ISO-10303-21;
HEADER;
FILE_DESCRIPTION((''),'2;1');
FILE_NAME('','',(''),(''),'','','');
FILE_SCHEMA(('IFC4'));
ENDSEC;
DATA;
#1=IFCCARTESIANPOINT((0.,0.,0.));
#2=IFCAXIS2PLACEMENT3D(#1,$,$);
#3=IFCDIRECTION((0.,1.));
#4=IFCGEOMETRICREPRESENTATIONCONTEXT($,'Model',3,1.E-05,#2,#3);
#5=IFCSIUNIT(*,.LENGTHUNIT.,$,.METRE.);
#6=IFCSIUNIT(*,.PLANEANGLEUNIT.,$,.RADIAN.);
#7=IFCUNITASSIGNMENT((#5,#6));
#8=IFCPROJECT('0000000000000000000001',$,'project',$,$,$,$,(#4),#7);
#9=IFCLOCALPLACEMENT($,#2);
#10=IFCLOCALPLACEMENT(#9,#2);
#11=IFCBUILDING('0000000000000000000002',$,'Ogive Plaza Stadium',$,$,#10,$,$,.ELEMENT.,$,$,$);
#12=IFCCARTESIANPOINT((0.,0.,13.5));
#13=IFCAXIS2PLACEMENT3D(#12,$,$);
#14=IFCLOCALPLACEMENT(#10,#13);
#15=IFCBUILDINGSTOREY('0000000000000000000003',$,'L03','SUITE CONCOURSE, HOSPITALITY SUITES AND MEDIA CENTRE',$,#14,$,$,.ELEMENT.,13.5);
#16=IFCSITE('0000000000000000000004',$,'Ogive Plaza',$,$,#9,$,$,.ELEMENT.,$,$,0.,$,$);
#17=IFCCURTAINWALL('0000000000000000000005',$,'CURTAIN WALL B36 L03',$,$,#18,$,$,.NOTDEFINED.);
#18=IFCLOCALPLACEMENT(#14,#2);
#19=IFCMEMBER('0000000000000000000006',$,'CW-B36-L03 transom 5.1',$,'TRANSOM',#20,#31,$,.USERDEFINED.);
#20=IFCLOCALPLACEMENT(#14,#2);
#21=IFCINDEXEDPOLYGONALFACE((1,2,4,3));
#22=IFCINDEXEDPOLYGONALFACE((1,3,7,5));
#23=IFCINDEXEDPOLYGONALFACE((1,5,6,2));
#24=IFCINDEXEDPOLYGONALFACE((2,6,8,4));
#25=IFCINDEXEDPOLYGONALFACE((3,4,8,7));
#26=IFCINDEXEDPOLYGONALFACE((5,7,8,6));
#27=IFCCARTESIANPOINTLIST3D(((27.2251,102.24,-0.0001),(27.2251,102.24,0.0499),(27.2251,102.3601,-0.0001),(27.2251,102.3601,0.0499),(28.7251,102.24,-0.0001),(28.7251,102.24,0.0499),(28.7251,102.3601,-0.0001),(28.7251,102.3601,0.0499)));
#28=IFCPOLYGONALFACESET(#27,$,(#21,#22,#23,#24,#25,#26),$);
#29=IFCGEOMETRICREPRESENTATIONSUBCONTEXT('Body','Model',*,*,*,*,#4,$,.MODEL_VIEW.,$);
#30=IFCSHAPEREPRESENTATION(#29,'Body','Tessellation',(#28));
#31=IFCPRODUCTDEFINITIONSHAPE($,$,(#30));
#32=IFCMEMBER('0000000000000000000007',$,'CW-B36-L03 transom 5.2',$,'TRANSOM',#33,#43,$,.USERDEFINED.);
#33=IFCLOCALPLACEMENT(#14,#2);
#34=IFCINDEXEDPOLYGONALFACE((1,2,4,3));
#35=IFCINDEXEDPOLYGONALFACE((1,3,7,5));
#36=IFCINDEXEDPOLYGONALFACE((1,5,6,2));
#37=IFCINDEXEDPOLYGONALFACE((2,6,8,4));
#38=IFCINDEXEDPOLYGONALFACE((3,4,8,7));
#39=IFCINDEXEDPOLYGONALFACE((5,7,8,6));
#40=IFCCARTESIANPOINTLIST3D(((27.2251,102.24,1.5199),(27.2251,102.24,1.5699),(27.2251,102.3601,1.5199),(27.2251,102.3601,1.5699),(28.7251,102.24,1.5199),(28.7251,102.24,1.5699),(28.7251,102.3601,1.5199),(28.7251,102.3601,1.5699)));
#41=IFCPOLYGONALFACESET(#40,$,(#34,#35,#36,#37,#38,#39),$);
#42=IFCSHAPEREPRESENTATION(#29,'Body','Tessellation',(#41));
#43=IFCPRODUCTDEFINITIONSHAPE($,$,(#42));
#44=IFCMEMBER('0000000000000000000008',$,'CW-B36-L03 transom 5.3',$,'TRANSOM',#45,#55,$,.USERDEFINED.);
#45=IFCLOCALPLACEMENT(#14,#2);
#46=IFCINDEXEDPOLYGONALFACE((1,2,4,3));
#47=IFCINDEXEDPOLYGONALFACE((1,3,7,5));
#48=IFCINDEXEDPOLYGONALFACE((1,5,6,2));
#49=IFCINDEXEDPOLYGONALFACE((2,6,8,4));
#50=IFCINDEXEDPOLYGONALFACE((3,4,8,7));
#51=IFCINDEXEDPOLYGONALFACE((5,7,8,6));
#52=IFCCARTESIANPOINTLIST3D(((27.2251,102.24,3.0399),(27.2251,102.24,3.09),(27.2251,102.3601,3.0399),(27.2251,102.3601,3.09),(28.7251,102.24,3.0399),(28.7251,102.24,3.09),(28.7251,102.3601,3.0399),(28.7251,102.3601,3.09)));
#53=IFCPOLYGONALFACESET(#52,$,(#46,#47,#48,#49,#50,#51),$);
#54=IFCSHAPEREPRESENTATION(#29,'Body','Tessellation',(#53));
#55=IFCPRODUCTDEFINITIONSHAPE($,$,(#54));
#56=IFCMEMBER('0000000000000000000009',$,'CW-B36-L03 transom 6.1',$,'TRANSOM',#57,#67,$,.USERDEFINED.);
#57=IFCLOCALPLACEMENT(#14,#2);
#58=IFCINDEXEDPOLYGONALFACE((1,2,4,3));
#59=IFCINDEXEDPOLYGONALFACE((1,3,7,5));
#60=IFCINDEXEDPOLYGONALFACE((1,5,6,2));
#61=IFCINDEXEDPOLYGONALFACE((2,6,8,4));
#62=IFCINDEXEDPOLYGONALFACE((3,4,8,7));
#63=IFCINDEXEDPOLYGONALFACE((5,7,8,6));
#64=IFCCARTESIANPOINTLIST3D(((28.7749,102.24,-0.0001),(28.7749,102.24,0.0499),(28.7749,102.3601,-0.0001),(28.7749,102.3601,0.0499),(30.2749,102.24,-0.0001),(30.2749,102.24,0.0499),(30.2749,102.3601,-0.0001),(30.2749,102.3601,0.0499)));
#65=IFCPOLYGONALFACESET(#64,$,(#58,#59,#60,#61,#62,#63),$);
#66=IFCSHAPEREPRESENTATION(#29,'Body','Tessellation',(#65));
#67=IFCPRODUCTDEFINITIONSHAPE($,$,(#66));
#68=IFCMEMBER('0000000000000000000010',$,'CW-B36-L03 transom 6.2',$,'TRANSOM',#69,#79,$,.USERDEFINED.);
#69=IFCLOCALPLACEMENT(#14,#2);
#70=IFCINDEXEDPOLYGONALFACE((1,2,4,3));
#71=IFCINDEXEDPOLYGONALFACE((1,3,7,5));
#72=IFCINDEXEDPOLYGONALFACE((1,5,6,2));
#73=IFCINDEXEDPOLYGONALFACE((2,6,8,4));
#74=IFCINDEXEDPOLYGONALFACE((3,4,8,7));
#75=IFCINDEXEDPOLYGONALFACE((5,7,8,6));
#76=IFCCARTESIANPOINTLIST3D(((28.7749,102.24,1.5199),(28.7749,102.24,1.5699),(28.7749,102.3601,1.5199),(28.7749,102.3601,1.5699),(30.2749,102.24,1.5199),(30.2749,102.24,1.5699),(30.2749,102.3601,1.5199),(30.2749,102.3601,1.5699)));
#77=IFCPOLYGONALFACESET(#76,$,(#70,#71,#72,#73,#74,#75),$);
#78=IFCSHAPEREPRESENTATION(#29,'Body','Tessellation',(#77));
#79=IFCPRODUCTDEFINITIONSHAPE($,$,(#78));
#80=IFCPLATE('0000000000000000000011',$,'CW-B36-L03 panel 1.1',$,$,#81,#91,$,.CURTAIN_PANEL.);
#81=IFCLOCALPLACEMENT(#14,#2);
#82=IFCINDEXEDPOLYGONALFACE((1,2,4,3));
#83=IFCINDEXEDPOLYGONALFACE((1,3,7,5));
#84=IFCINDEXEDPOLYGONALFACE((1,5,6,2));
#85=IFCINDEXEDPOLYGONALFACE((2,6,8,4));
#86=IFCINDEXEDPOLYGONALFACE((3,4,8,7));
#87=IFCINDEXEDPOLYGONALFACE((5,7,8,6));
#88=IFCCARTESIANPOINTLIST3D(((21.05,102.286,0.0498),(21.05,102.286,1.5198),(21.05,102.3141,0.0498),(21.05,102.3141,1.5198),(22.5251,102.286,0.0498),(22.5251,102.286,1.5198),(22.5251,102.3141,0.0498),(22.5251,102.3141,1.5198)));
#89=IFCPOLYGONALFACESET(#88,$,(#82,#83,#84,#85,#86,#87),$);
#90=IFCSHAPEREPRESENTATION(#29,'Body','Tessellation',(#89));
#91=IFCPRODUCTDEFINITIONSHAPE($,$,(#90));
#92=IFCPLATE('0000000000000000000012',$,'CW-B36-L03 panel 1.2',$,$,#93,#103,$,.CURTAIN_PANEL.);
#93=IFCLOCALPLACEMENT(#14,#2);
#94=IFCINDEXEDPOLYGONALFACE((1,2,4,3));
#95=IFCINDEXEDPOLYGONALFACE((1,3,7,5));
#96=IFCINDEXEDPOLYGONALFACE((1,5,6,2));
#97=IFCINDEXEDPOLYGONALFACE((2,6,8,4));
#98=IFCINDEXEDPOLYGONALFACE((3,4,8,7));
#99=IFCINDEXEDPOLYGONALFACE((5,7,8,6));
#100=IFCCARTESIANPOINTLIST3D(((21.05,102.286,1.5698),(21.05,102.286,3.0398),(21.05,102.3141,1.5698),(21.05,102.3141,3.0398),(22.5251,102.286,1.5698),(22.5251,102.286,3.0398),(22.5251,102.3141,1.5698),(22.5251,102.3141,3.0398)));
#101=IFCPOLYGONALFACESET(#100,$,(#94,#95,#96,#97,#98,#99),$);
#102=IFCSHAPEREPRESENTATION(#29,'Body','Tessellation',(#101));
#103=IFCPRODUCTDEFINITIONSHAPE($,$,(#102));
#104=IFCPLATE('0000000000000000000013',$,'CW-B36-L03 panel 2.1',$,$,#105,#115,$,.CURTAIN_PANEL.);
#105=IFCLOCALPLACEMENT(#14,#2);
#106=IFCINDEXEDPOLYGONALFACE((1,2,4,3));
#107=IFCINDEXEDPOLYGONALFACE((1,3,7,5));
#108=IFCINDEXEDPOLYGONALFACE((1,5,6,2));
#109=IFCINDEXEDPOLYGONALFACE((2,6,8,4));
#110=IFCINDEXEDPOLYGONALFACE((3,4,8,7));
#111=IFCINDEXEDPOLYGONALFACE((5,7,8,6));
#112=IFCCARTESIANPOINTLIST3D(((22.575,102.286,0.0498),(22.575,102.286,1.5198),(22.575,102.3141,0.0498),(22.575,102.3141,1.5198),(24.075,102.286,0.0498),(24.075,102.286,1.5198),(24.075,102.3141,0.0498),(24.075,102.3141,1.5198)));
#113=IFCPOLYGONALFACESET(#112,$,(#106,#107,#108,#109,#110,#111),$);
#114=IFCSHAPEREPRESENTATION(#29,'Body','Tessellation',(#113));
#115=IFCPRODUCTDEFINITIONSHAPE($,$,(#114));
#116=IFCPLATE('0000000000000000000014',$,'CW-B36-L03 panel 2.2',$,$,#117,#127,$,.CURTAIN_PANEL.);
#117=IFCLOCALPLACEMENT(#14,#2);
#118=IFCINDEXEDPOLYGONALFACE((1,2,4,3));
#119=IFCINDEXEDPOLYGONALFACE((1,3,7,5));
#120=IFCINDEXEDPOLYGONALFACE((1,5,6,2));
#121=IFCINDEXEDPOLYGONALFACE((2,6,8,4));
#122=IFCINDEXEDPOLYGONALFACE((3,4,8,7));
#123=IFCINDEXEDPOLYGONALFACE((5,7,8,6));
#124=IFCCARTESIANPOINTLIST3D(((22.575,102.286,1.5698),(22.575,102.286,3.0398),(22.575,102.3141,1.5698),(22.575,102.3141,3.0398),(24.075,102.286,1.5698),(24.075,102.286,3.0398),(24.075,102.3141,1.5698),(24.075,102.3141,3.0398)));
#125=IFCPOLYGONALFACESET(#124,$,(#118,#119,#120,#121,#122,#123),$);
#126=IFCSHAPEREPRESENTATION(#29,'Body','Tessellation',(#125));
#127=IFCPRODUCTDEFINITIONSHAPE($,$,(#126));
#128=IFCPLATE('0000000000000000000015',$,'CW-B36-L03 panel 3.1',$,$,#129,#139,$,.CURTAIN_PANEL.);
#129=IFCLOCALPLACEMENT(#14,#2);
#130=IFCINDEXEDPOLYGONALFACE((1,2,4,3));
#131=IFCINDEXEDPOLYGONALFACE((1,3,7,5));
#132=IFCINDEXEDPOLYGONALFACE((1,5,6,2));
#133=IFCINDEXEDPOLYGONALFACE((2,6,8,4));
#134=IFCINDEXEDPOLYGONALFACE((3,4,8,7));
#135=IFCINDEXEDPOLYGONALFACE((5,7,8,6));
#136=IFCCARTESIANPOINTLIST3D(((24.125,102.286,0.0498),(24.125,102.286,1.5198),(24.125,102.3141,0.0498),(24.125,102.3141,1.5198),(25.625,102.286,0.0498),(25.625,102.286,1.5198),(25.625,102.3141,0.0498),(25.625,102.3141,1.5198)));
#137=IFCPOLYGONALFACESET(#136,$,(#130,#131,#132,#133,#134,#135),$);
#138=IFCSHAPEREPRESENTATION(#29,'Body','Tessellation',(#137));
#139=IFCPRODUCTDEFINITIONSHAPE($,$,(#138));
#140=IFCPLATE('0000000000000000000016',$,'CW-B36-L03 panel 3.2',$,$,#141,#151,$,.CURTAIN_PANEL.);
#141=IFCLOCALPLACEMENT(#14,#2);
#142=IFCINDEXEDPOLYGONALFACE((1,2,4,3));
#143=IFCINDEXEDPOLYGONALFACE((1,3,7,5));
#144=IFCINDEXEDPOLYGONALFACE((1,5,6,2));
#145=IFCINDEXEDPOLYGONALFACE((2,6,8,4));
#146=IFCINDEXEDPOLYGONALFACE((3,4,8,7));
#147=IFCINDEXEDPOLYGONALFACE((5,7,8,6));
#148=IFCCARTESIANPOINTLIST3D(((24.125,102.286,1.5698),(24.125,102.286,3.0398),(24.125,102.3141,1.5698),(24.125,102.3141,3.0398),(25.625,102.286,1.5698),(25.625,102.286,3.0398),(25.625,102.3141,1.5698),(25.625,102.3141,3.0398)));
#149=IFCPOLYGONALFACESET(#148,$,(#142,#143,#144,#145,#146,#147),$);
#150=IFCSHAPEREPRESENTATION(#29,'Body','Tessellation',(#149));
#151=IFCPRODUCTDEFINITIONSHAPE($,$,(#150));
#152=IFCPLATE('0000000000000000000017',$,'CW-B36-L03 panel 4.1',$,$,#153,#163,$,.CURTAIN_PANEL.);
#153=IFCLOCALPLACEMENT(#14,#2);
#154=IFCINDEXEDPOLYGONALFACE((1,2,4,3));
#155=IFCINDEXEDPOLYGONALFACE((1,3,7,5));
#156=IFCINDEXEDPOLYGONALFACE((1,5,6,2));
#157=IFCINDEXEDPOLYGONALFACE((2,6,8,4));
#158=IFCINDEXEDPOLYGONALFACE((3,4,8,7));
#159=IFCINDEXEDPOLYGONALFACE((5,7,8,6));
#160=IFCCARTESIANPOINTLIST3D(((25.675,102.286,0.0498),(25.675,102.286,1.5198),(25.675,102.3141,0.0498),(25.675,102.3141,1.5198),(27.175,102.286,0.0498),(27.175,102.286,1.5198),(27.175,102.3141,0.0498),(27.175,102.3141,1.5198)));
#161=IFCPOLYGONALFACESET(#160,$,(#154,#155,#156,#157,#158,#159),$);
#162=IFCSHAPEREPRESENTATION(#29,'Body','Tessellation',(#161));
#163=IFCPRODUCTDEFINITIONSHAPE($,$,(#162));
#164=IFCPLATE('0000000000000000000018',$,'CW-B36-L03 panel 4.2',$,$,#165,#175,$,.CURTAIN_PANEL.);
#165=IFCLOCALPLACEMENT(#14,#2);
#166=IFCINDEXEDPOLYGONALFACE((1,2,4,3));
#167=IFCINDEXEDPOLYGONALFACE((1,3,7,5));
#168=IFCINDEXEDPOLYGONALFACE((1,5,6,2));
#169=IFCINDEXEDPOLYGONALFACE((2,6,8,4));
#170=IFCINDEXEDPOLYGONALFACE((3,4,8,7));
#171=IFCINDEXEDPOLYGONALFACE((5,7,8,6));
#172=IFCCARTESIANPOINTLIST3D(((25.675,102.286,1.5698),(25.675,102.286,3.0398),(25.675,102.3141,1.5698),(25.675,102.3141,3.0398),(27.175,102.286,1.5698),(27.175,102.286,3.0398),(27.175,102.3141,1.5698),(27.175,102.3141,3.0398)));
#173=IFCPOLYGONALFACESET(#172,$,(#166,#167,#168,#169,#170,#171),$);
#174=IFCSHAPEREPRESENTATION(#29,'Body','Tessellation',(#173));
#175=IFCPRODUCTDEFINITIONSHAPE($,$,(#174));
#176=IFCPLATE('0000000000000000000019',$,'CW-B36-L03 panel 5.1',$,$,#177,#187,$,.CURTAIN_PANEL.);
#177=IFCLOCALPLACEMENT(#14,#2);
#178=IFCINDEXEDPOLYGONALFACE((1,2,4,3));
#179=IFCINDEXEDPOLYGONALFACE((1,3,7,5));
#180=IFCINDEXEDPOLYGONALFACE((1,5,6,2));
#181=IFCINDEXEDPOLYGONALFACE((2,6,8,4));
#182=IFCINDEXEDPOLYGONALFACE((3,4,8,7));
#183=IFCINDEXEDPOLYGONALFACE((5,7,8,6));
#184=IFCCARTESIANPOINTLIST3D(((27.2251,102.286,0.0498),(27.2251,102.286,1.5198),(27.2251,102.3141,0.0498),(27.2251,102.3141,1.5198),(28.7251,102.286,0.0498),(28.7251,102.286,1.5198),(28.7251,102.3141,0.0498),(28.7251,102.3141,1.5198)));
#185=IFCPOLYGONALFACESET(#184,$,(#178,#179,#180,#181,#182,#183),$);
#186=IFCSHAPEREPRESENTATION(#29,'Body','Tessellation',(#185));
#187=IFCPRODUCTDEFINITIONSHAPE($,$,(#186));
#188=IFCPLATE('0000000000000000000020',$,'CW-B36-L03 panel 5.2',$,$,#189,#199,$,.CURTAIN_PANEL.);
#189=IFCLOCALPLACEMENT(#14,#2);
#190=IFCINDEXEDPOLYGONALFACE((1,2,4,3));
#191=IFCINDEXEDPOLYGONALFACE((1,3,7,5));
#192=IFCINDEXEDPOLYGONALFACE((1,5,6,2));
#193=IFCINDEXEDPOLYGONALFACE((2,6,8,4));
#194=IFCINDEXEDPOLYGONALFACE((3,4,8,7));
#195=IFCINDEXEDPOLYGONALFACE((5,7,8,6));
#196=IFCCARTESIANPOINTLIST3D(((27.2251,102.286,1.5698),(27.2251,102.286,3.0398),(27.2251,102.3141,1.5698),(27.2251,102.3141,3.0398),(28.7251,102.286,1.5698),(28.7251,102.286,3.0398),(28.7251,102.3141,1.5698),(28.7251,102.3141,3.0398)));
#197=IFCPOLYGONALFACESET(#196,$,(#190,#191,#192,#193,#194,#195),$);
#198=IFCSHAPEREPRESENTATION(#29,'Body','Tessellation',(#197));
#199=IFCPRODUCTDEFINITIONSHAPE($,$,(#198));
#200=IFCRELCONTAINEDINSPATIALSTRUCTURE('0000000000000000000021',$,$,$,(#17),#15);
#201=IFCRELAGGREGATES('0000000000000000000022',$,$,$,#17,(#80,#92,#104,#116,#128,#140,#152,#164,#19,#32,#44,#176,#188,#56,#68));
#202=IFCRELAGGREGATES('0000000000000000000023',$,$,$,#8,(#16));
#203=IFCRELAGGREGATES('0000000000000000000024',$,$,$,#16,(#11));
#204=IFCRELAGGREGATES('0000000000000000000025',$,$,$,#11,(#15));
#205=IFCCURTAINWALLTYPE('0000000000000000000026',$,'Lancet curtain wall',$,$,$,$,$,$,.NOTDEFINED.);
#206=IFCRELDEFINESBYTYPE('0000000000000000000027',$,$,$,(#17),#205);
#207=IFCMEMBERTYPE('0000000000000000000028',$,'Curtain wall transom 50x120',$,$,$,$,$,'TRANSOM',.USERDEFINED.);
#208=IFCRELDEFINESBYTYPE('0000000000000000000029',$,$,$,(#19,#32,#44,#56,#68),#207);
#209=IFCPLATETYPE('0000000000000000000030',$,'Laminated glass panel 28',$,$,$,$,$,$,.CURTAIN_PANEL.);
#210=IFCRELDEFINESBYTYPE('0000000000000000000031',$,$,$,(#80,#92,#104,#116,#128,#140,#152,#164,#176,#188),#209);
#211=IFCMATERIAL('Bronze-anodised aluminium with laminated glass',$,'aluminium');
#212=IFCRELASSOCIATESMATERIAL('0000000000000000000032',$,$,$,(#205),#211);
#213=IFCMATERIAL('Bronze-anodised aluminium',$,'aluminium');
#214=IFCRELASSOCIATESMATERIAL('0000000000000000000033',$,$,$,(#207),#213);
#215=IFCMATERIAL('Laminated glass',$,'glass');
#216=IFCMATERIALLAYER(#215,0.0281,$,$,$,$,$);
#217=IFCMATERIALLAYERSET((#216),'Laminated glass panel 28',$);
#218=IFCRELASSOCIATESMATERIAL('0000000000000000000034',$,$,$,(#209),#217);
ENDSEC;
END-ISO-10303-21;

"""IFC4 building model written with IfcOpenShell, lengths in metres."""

from ifc_helpers import new_model, si_unit, direction, frame, origin, origin_2d, place, context, subcontext, project, spatial, rectangle, extrude, material, layer, layer_set, material_profile, profile_set, type_object, element, aggregate, save


model = new_model("IFC4")

# Units and contexts
model_context = context("Model", 3, precision=1e-05, world=origin(), true_north=direction((0.0, 1.0)))
body_context = subcontext(model_context, "Body", "Model", "MODEL_VIEW")
ifc_project = project(units=[si_unit("LENGTHUNIT", "METRE"), si_unit("PLANEANGLEUNIT", "RADIAN")], contexts=[model_context])

# Site, building, storey
site_placement = place(None, origin())
site = spatial("IfcSite", under=ifc_project, at=site_placement, Name="Ogive Plaza", CompositionType="ELEMENT", RefElevation=0.0)
building_placement = place(site_placement, origin())
building = spatial("IfcBuilding", under=site, at=building_placement, Name="Ogive Plaza Stadium", CompositionType="ELEMENT")
storey_placement = place(building_placement, frame((0.0, 0.0, 13.5)))
storey = spatial("IfcBuildingStorey", under=building, at=storey_placement, Name="L03", Description="SUITE CONCOURSE, HOSPITALITY SUITES AND MEDIA CENTRE", CompositionType="ELEMENT", Elevation=13.5)

# Curtain wall, members, plates
ifc_material_1 = material(Name="Bronze-anodised aluminium with laminated glass", Category="aluminium")
curtain_wall_type = type_object("IfcCurtainWallType", Name="Lancet curtain wall", PredefinedType="NOTDEFINED", material=ifc_material_1)
curtain_wall_placement = place(storey_placement, origin())
curtain_wall = element("IfcCurtainWall", 1, at=curtain_wall_placement, inside=storey, type_object=curtain_wall_type, Name="CURTAIN WALL B36 L03", PredefinedType="NOTDEFINED")
ifc_material_2 = material(Name="Bronze-anodised aluminium", Category="aluminium")
ifc_material_profile_1 = material_profile(ifc_material_2, rectangle(XDim=0.1201, YDim=0.05, at=origin_2d()), Name="AL 120x50")
ifc_profile_set_1 = profile_set([ifc_material_profile_1], Name="Bronze-anodised aluminium")
member_type_1 = type_object("IfcMemberType", Name="Curtain wall transom 50x120", ElementType="TRANSOM", PredefinedType="USERDEFINED", material=ifc_profile_set_1)
member_1_placement = place(storey_placement, frame((27.2251, 102.3, 0.0249), z_axis=(1.0, 0.0, 0.0), x_axis=(0.0, 1.0, 0.0)))
member_1 = element("IfcMember", 2, at=member_1_placement, type_object=member_type_1, Name="CW-B36-L03 transom 5.1", ObjectType="TRANSOM", PredefinedType="USERDEFINED", context=body_context, shape_type="SweptSolid", body=[
    extrude(rectangle(XDim=0.1201, YDim=0.05, at=origin_2d()), origin(), (0.0, 0.0, 1.0), 1.5),
])
member_2_placement = place(storey_placement, frame((27.2251, 102.3, 1.5449), z_axis=(1.0, 0.0, 0.0), x_axis=(0.0, 1.0, 0.0)))
member_2 = element("IfcMember", 3, at=member_2_placement, type_object=member_type_1, Name="CW-B36-L03 transom 5.2", ObjectType="TRANSOM", PredefinedType="USERDEFINED", context=body_context, shape_type="SweptSolid", body=[
    extrude(rectangle(XDim=0.1201, YDim=0.05, at=origin_2d()), origin(), (0.0, 0.0, 1.0), 1.5),
])
member_3_placement = place(storey_placement, frame((27.2251, 102.3, 3.0649), z_axis=(1.0, 0.0, 0.0), x_axis=(0.0, 1.0, 0.0)))
member_3 = element("IfcMember", 4, at=member_3_placement, type_object=member_type_1, Name="CW-B36-L03 transom 5.3", ObjectType="TRANSOM", PredefinedType="USERDEFINED", context=body_context, shape_type="SweptSolid", body=[
    extrude(rectangle(XDim=0.1201, YDim=0.05, at=origin_2d()), origin(), (0.0, 0.0, 1.0), 1.5),
])
member_4_placement = place(storey_placement, frame((28.7749, 102.3, 0.0249), z_axis=(1.0, 0.0, 0.0), x_axis=(0.0, 1.0, 0.0)))
member_4 = element("IfcMember", 5, at=member_4_placement, type_object=member_type_1, Name="CW-B36-L03 transom 6.1", ObjectType="TRANSOM", PredefinedType="USERDEFINED", context=body_context, shape_type="SweptSolid", body=[
    extrude(rectangle(XDim=0.1201, YDim=0.05, at=origin_2d()), origin(), (0.0, 0.0, 1.0), 1.5),
])
member_5_placement = place(storey_placement, frame((28.7749, 102.3, 1.5449), z_axis=(1.0, 0.0, 0.0), x_axis=(0.0, 1.0, 0.0)))
member_5 = element("IfcMember", 6, at=member_5_placement, type_object=member_type_1, Name="CW-B36-L03 transom 6.2", ObjectType="TRANSOM", PredefinedType="USERDEFINED", context=body_context, shape_type="SweptSolid", body=[
    extrude(rectangle(XDim=0.1201, YDim=0.05, at=origin_2d()), origin(), (0.0, 0.0, 1.0), 1.5),
])
ifc_material_3 = material(Name="Laminated glass", Category="glass")
ifc_layer_1 = layer(ifc_material_3, 0.0281)
ifc_layer_set_1 = layer_set([ifc_layer_1], Name="Laminated glass panel 28")
plate_type = type_object("IfcPlateType", Name="Laminated glass panel 28", PredefinedType="CURTAIN_PANEL", material=ifc_layer_set_1)
plate_1_placement = place(storey_placement, frame((21.7876, 102.3, 0.0498), z_axis=(0.0, 0.0, 1.0), x_axis=(1.0, 0.0, 0.0)))
plate_1 = element("IfcPlate", 7, at=plate_1_placement, type_object=plate_type, Name="CW-B36-L03 panel 1.1", PredefinedType="CURTAIN_PANEL", context=body_context, shape_type="SweptSolid", body=[
    extrude(rectangle(XDim=1.4751, YDim=0.0281, at=origin_2d()), origin(), (0.0, 0.0, 1.0), 1.47),
])
plate_2_placement = place(storey_placement, frame((21.7876, 102.3, 1.5698), z_axis=(0.0, 0.0, 1.0), x_axis=(1.0, 0.0, 0.0)))
plate_2 = element("IfcPlate", 8, at=plate_2_placement, type_object=plate_type, Name="CW-B36-L03 panel 1.2", PredefinedType="CURTAIN_PANEL", context=body_context, shape_type="SweptSolid", body=[
    extrude(rectangle(XDim=1.4751, YDim=0.0281, at=origin_2d()), origin(), (0.0, 0.0, 1.0), 1.47),
])
plate_3_placement = place(storey_placement, frame((23.325, 102.3, 0.0498), z_axis=(0.0, 0.0, 1.0), x_axis=(1.0, 0.0, 0.0)))
plate_3 = element("IfcPlate", 9, at=plate_3_placement, type_object=plate_type, Name="CW-B36-L03 panel 2.1", PredefinedType="CURTAIN_PANEL", context=body_context, shape_type="SweptSolid", body=[
    extrude(rectangle(XDim=1.5, YDim=0.0281, at=origin_2d()), origin(), (0.0, 0.0, 1.0), 1.47),
])
plate_4_placement = place(storey_placement, frame((23.325, 102.3, 1.5698), z_axis=(0.0, 0.0, 1.0), x_axis=(1.0, 0.0, 0.0)))
plate_4 = element("IfcPlate", 10, at=plate_4_placement, type_object=plate_type, Name="CW-B36-L03 panel 2.2", PredefinedType="CURTAIN_PANEL", context=body_context, shape_type="SweptSolid", body=[
    extrude(rectangle(XDim=1.5, YDim=0.0281, at=origin_2d()), origin(), (0.0, 0.0, 1.0), 1.47),
])
plate_5_placement = place(storey_placement, frame((24.875, 102.3, 0.0498), z_axis=(0.0, 0.0, 1.0), x_axis=(1.0, 0.0, 0.0)))
plate_5 = element("IfcPlate", 11, at=plate_5_placement, type_object=plate_type, Name="CW-B36-L03 panel 3.1", PredefinedType="CURTAIN_PANEL", context=body_context, shape_type="SweptSolid", body=[
    extrude(rectangle(XDim=1.5, YDim=0.0281, at=origin_2d()), origin(), (0.0, 0.0, 1.0), 1.47),
])
plate_6_placement = place(storey_placement, frame((24.875, 102.3, 1.5698), z_axis=(0.0, 0.0, 1.0), x_axis=(1.0, 0.0, 0.0)))
plate_6 = element("IfcPlate", 12, at=plate_6_placement, type_object=plate_type, Name="CW-B36-L03 panel 3.2", PredefinedType="CURTAIN_PANEL", context=body_context, shape_type="SweptSolid", body=[
    extrude(rectangle(XDim=1.5, YDim=0.0281, at=origin_2d()), origin(), (0.0, 0.0, 1.0), 1.47),
])
plate_7_placement = place(storey_placement, frame((26.425, 102.3, 0.0498), z_axis=(0.0, 0.0, 1.0), x_axis=(1.0, 0.0, 0.0)))
plate_7 = element("IfcPlate", 13, at=plate_7_placement, type_object=plate_type, Name="CW-B36-L03 panel 4.1", PredefinedType="CURTAIN_PANEL", context=body_context, shape_type="SweptSolid", body=[
    extrude(rectangle(XDim=1.5, YDim=0.0281, at=origin_2d()), origin(), (0.0, 0.0, 1.0), 1.47),
])
plate_8_placement = place(storey_placement, frame((26.425, 102.3, 1.5698), z_axis=(0.0, 0.0, 1.0), x_axis=(1.0, 0.0, 0.0)))
plate_8 = element("IfcPlate", 14, at=plate_8_placement, type_object=plate_type, Name="CW-B36-L03 panel 4.2", PredefinedType="CURTAIN_PANEL", context=body_context, shape_type="SweptSolid", body=[
    extrude(rectangle(XDim=1.5, YDim=0.0281, at=origin_2d()), origin(), (0.0, 0.0, 1.0), 1.47),
])
plate_9_placement = place(storey_placement, frame((27.9751, 102.3, 0.0498), z_axis=(0.0, 0.0, 1.0), x_axis=(1.0, 0.0, 0.0)))
plate_9 = element("IfcPlate", 15, at=plate_9_placement, type_object=plate_type, Name="CW-B36-L03 panel 5.1", PredefinedType="CURTAIN_PANEL", context=body_context, shape_type="SweptSolid", body=[
    extrude(rectangle(XDim=1.5, YDim=0.0281, at=origin_2d()), origin(), (0.0, 0.0, 1.0), 1.47),
])
plate_10_placement = place(storey_placement, frame((27.9751, 102.3, 1.5698), z_axis=(0.0, 0.0, 1.0), x_axis=(1.0, 0.0, 0.0)))
plate_10 = element("IfcPlate", 16, at=plate_10_placement, type_object=plate_type, Name="CW-B36-L03 panel 5.2", PredefinedType="CURTAIN_PANEL", context=body_context, shape_type="SweptSolid", body=[
    extrude(rectangle(XDim=1.5, YDim=0.0281, at=origin_2d()), origin(), (0.0, 0.0, 1.0), 1.47),
])
aggregate(curtain_wall, [plate_1, plate_2, plate_3, plate_4, plate_5, plate_6, plate_7, plate_8, member_1, member_2, member_3, plate_9, plate_10, member_4, member_5])

save(model, "model.ifc")
